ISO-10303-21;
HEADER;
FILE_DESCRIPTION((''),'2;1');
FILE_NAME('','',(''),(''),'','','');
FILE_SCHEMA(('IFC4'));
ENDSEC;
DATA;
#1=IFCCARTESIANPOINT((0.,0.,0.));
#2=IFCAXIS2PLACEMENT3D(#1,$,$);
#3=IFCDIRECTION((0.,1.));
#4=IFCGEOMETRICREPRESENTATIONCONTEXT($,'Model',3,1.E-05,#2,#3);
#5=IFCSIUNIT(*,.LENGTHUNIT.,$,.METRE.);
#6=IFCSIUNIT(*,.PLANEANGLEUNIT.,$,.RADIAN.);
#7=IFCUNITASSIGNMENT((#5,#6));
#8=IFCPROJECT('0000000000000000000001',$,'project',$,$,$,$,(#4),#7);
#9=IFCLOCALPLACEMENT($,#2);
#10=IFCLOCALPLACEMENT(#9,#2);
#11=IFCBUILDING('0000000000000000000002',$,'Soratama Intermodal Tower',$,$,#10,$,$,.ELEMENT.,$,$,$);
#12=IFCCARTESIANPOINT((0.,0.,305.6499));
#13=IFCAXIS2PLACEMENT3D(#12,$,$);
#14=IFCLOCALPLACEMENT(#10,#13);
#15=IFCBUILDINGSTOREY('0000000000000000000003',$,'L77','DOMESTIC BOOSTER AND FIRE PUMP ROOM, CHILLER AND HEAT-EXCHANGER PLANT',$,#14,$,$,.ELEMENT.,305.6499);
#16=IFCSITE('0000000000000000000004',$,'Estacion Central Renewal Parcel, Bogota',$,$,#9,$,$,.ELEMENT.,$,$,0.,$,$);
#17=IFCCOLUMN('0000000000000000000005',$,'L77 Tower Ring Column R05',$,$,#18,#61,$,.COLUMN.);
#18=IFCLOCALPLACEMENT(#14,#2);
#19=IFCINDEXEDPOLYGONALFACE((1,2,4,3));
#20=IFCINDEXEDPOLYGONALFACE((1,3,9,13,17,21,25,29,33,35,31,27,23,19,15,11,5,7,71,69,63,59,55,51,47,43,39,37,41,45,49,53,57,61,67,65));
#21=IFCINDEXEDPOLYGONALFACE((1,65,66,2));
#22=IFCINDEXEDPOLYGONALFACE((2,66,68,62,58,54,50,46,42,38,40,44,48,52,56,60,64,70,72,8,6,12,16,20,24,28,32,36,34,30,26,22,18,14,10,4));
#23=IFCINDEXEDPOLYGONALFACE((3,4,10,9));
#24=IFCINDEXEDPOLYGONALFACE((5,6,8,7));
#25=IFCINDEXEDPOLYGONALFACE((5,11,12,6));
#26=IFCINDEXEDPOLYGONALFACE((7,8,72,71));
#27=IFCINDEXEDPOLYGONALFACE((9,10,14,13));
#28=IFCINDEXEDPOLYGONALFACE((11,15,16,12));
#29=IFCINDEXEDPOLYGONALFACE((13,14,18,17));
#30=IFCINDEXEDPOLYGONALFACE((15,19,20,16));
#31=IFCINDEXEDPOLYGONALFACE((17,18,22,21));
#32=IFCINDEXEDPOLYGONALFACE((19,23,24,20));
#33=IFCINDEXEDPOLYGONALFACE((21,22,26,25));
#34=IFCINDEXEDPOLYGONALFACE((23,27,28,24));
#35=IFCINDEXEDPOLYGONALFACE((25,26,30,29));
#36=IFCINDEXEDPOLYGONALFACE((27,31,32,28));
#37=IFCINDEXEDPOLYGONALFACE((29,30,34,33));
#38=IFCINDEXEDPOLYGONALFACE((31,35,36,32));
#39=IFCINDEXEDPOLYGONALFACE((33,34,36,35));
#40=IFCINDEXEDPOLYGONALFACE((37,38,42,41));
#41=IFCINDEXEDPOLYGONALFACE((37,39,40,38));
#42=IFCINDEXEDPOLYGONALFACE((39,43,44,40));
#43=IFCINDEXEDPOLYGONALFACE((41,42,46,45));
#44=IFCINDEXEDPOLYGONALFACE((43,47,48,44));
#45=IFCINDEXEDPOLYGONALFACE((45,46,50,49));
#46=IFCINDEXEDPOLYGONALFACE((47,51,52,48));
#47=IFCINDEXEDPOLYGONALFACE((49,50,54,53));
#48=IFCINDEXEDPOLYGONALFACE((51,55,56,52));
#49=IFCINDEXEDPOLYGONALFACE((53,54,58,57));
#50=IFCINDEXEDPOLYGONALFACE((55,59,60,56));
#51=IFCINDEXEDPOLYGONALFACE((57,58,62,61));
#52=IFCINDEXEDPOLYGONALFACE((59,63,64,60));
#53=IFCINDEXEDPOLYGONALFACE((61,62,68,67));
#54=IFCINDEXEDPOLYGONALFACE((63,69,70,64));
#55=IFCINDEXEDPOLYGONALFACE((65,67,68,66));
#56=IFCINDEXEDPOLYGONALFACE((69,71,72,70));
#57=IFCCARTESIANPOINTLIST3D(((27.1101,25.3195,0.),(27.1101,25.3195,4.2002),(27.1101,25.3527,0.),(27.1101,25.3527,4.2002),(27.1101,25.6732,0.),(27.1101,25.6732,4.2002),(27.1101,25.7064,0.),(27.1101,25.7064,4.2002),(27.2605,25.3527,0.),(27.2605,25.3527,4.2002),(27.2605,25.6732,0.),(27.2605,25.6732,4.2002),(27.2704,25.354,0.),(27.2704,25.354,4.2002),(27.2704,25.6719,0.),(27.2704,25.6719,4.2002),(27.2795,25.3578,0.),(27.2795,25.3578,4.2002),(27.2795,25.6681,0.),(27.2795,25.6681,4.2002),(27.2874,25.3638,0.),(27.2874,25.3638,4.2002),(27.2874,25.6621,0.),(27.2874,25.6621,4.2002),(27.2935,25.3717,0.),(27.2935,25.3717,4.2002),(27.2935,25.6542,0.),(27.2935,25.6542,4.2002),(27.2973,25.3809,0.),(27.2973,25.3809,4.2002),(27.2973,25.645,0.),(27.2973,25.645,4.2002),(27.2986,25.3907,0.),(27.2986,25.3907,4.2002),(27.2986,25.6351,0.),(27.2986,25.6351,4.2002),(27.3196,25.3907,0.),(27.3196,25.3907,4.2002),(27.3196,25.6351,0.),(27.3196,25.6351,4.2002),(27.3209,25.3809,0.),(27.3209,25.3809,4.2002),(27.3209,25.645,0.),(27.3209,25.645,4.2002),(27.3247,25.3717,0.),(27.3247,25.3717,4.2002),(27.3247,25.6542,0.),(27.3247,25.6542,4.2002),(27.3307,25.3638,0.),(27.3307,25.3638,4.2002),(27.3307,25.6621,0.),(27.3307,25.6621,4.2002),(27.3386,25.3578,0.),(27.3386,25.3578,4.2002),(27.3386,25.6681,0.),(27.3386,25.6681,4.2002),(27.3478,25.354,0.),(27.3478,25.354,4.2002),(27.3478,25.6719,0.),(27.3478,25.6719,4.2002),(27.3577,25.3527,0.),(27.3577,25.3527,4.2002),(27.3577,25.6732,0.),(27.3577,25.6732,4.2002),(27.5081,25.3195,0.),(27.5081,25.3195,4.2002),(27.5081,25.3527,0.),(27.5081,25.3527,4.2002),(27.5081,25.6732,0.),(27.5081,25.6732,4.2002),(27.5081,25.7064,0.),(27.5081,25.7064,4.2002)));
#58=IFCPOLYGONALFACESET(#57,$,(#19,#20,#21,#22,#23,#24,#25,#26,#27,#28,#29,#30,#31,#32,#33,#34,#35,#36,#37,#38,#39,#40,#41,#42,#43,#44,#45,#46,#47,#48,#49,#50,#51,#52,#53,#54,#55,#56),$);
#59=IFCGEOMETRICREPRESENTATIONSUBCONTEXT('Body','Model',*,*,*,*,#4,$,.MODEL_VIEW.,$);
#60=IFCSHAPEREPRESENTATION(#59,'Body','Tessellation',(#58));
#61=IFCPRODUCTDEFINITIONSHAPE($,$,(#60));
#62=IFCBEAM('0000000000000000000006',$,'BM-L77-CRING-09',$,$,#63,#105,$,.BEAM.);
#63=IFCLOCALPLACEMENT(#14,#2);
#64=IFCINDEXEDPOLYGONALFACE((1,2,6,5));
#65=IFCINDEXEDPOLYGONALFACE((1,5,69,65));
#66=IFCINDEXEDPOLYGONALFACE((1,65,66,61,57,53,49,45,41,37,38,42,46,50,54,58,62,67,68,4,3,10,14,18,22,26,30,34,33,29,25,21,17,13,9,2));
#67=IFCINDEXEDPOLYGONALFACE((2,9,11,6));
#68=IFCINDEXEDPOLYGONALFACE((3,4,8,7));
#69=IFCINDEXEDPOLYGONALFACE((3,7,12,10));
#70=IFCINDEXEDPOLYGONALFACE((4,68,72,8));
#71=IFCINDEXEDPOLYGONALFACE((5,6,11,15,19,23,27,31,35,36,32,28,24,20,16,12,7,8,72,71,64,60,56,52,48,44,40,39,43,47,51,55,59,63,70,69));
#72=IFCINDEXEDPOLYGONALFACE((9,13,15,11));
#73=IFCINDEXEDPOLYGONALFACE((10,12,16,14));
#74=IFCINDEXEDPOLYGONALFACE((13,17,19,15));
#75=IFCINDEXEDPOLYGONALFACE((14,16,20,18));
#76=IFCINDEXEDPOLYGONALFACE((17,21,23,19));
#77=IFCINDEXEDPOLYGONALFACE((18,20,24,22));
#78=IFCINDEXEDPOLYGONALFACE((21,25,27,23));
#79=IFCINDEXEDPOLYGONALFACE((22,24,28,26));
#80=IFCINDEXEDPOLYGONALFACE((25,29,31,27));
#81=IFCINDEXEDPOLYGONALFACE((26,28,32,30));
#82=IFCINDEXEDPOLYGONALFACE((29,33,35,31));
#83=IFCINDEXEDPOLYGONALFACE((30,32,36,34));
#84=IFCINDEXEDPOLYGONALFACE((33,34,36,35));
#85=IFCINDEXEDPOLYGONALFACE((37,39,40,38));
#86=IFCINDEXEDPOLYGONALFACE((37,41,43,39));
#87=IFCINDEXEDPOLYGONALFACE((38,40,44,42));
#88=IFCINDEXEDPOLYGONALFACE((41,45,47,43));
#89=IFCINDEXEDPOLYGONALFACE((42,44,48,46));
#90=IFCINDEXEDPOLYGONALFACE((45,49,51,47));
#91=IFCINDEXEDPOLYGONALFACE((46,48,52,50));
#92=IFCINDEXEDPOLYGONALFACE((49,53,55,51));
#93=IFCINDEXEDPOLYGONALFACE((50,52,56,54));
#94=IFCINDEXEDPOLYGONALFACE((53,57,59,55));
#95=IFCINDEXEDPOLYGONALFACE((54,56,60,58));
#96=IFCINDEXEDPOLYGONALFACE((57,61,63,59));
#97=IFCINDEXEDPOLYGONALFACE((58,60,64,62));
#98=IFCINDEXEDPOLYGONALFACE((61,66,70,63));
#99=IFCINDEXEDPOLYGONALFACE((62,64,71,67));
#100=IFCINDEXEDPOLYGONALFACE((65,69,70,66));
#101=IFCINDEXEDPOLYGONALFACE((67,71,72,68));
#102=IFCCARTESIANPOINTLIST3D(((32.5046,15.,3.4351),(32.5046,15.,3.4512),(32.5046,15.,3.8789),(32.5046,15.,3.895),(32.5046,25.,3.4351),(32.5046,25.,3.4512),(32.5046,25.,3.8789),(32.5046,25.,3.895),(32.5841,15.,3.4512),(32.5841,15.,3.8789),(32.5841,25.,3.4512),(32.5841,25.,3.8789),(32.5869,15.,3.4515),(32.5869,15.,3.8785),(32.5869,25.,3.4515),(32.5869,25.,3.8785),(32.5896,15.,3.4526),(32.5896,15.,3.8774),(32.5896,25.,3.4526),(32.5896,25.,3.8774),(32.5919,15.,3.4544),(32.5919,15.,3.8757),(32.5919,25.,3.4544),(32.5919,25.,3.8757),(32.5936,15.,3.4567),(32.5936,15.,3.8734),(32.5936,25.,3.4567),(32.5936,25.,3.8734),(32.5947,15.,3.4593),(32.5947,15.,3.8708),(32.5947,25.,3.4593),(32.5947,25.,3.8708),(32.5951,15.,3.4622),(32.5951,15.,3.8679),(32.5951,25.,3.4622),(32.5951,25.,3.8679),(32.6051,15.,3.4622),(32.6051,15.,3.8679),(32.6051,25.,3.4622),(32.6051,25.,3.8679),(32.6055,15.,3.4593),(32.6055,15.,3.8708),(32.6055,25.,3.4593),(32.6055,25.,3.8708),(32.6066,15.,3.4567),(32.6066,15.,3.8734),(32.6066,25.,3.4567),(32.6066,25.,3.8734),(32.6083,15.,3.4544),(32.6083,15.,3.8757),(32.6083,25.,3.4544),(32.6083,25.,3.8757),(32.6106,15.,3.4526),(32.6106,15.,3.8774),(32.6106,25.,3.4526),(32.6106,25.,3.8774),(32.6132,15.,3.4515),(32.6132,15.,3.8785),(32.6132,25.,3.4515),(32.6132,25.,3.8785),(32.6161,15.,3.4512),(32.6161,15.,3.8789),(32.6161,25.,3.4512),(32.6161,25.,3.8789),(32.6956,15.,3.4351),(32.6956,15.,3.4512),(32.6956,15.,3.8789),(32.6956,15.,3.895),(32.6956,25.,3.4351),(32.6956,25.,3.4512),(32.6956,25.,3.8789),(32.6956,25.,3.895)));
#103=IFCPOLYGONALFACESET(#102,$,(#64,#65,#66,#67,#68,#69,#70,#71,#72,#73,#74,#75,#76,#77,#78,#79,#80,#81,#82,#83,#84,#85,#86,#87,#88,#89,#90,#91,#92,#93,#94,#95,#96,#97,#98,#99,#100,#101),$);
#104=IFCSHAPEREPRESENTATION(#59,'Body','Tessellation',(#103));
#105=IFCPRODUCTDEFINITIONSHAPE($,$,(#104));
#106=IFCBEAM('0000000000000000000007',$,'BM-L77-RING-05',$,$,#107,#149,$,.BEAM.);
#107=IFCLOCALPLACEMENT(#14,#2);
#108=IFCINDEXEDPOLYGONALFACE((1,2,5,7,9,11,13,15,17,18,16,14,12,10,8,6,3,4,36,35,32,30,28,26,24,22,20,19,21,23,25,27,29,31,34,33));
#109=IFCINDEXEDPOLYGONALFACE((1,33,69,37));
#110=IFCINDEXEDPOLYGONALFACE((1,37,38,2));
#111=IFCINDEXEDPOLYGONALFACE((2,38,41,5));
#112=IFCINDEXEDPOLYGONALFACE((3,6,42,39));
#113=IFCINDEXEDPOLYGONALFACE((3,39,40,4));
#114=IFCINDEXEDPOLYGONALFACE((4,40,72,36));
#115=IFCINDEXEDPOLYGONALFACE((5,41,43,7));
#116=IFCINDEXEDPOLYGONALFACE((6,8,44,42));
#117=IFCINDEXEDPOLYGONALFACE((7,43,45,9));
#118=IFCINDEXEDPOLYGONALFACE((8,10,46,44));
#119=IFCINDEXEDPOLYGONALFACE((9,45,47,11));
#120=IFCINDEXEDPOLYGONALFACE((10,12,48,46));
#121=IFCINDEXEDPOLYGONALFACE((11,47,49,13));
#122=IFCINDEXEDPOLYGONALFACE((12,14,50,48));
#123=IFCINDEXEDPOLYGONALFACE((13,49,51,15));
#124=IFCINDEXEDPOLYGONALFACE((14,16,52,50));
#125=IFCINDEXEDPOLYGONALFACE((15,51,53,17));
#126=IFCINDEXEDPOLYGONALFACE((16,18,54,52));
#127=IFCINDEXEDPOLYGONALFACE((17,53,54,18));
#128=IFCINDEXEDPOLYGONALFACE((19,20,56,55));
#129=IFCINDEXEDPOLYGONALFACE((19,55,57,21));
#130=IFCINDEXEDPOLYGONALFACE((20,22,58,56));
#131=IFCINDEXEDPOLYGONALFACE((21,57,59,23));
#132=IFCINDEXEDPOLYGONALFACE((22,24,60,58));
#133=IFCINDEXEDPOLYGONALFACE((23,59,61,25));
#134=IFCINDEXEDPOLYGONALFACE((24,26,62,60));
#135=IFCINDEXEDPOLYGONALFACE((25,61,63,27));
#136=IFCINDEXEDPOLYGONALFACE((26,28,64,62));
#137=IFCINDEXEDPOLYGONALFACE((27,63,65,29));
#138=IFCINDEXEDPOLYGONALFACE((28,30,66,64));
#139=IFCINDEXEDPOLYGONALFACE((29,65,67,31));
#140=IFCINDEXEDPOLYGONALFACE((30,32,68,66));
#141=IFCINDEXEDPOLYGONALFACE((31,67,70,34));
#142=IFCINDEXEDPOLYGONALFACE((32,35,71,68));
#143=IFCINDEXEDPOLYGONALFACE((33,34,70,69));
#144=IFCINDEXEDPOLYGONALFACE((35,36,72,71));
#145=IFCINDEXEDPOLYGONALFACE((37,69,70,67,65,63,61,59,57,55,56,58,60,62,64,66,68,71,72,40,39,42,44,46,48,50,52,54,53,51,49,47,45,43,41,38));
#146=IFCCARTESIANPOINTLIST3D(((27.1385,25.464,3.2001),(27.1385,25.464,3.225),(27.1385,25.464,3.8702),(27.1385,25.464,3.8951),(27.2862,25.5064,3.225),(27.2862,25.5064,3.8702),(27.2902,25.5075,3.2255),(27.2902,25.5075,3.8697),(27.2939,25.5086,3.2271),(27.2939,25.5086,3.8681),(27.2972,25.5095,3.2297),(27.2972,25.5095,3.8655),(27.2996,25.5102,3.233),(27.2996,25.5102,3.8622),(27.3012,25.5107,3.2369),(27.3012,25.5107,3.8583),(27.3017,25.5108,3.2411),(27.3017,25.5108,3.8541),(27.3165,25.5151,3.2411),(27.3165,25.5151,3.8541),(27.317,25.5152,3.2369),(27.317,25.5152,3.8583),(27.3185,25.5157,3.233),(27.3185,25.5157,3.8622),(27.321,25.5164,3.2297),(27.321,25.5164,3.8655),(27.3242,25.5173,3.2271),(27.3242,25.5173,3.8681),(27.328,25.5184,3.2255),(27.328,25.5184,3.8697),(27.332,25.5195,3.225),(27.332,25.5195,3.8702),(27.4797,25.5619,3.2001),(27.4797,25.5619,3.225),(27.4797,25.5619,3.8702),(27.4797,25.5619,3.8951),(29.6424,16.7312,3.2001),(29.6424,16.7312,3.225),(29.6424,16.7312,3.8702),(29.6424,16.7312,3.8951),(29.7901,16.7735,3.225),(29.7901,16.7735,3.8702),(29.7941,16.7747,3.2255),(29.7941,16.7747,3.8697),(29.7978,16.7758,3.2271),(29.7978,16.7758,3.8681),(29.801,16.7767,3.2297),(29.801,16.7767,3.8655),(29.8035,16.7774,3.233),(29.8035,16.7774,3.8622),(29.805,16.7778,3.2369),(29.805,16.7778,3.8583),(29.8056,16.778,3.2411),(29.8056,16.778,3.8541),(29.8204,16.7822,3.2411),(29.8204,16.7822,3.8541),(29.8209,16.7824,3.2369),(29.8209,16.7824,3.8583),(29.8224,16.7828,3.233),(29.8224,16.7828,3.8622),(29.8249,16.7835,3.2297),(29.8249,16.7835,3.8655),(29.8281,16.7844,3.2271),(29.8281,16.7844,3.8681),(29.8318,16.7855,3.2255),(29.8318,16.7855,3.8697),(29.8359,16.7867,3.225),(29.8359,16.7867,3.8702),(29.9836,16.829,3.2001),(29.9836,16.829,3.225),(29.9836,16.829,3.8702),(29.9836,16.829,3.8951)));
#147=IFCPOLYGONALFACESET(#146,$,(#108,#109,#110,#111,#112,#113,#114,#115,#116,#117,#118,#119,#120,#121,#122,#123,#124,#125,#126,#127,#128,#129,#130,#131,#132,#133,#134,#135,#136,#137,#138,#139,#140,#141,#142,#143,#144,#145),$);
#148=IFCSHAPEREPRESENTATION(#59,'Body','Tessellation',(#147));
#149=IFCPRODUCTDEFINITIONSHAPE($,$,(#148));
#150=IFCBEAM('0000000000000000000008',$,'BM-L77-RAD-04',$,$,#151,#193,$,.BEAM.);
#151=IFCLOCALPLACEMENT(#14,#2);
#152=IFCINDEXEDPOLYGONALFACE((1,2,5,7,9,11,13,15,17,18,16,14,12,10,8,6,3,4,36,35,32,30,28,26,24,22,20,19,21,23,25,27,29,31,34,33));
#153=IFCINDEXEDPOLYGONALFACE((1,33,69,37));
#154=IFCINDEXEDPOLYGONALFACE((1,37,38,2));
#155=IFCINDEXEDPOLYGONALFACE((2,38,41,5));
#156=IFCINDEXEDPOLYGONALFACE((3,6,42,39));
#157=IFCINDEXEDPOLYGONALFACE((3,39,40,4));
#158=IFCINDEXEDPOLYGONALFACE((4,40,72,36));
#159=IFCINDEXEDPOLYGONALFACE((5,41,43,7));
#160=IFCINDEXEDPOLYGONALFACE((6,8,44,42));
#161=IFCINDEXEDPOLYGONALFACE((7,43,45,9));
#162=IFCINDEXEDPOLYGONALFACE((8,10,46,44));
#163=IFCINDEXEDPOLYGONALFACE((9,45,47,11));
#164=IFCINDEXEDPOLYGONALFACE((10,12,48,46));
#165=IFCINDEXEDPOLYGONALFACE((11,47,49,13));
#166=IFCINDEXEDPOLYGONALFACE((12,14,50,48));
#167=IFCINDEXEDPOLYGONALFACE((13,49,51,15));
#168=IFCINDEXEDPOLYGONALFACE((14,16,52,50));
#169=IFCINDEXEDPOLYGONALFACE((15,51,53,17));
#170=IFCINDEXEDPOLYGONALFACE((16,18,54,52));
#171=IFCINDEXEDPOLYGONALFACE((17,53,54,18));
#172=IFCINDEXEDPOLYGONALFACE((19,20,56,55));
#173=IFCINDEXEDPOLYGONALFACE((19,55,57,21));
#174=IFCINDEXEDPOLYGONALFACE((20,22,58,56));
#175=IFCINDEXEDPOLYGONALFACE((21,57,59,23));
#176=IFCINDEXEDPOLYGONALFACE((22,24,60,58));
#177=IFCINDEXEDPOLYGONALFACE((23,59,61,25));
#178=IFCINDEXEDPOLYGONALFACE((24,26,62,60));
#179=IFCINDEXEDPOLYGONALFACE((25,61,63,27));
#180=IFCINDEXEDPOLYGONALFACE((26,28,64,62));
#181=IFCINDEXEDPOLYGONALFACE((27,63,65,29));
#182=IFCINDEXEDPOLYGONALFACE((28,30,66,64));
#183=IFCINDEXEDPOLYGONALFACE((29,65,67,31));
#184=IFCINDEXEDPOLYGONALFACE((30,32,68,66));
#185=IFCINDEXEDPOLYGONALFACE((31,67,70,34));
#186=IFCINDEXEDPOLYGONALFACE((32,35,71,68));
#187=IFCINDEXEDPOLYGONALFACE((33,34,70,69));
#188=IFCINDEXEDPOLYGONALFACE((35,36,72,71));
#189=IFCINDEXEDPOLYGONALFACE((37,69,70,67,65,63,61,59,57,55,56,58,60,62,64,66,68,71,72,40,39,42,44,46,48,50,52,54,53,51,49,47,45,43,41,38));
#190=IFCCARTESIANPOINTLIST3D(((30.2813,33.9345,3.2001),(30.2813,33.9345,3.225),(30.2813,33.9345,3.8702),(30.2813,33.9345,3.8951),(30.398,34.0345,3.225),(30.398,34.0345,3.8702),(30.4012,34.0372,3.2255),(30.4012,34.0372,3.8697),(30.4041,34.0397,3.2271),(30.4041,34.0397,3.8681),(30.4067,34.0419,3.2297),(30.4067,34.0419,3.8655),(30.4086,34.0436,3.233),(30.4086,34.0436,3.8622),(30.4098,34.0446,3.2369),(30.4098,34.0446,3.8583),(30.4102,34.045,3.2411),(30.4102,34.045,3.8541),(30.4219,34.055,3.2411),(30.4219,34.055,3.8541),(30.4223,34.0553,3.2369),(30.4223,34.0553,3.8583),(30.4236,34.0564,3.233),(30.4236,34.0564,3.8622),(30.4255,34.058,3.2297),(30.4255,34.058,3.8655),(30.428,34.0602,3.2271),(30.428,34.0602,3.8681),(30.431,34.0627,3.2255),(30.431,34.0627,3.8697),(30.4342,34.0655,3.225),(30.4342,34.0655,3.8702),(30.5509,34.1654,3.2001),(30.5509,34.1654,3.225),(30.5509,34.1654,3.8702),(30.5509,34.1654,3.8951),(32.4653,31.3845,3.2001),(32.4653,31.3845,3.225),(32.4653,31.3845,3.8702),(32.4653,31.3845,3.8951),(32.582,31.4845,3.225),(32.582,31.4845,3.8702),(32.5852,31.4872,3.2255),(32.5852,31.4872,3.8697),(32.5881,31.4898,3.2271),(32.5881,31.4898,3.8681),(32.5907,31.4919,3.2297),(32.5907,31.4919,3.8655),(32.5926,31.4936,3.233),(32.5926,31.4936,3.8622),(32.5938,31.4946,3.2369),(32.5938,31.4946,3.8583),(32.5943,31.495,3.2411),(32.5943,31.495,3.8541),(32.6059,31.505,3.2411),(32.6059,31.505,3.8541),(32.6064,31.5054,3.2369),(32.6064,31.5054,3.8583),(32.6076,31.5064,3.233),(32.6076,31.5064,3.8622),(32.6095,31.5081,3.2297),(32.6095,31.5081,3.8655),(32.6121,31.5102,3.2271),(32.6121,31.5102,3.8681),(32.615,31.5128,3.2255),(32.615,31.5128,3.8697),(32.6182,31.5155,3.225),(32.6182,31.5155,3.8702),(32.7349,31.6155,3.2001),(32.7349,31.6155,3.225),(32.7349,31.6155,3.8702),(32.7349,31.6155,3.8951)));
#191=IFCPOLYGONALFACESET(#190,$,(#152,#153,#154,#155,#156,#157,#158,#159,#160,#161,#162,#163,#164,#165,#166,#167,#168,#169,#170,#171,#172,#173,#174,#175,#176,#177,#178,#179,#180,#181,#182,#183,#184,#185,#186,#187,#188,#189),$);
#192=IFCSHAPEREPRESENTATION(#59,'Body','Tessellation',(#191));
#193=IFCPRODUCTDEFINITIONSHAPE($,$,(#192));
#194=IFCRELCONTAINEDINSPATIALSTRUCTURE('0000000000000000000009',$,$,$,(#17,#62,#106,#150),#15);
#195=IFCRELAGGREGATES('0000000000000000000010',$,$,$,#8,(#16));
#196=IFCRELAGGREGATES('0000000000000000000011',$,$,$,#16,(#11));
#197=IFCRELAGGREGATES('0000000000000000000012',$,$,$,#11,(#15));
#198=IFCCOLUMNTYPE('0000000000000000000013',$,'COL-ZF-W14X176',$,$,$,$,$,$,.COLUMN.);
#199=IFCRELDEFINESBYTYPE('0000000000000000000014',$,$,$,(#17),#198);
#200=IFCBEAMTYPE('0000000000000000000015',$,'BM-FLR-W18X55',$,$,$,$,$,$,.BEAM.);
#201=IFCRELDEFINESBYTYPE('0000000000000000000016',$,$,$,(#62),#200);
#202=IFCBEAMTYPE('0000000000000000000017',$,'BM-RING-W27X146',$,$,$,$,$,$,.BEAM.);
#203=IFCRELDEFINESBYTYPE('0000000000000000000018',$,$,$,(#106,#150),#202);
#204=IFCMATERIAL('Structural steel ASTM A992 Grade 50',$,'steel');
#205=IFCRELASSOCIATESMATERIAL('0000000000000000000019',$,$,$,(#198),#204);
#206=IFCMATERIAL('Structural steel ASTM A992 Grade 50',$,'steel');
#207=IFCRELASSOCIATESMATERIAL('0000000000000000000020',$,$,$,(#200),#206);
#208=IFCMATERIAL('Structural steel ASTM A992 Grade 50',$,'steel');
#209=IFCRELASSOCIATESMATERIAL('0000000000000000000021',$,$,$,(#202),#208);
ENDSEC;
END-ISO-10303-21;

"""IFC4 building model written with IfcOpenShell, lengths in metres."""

from ifc_helpers import new_model, si_unit, direction, frame, origin, origin_2d, place, context, subcontext, project, spatial, i_section, extrude, material, material_profile, profile_set, type_object, element, save


model = new_model("IFC4")

# Units and contexts
model_context = context("Model", 3, precision=1e-05, world=origin(), true_north=direction((0.0, 1.0)))
body_context = subcontext(model_context, "Body", "Model", "MODEL_VIEW")
ifc_project = project(units=[si_unit("LENGTHUNIT", "METRE"), si_unit("PLANEANGLEUNIT", "RADIAN")], contexts=[model_context])

# Site, building, storey
site_placement = place(None, origin())
site = spatial("IfcSite", under=ifc_project, at=site_placement, Name="Estacion Central Renewal Parcel, Bogota", CompositionType="ELEMENT", RefElevation=0.0)
building_placement = place(site_placement, origin())
building = spatial("IfcBuilding", under=site, at=building_placement, Name="Soratama Intermodal Tower", CompositionType="ELEMENT")
storey_placement = place(building_placement, frame((0.0, 0.0, 305.6499)))
storey = spatial("IfcBuildingStorey", under=building, at=storey_placement, Name="L77", Description="DOMESTIC BOOSTER AND FIRE PUMP ROOM, CHILLER AND HEAT-EXCHANGER PLANT", CompositionType="ELEMENT", Elevation=305.6499)

# Column
ifc_material_1 = material(Name="Structural steel ASTM A992 Grade 50", Category="steel")
ifc_material_profile_1 = material_profile(ifc_material_1, i_section(OverallWidth=0.3979, OverallDepth=0.387, WebThickness=0.021, FlangeThickness=0.0332, FilletRadius=0.0381, at=origin_2d()), Name="W14X176")
ifc_profile_set_1 = profile_set([ifc_material_profile_1], Name="Structural steel ASTM A992 Grade 50")
column_type = type_object("IfcColumnType", Name="COL-ZF-W14X176", PredefinedType="COLUMN", material=ifc_profile_set_1)
column_placement = place(storey_placement, frame((27.3091, 25.5129, 0.0), z_axis=(0.0, 0.0, 1.0), x_axis=(1.0, 0.0, 0.0)))
element("IfcColumn", 1, at=column_placement, inside=storey, type_object=column_type, Name="L77 Tower Ring Column R05", PredefinedType="COLUMN", context=body_context, shape_type="SweptSolid", body=[
    extrude(i_section(OverallWidth=0.3979, OverallDepth=0.387, WebThickness=0.021, FlangeThickness=0.0332, FilletRadius=0.0381, at=origin_2d()), origin(), (0.0, 0.0, 1.0), 4.2002),
])

# Beams
ifc_material_2 = material(Name="Structural steel ASTM A992 Grade 50", Category="steel")
ifc_material_profile_2 = material_profile(ifc_material_2, i_section(OverallWidth=0.1909, OverallDepth=0.46, WebThickness=0.01, FlangeThickness=0.0161, FilletRadius=0.011, at=origin_2d()), Name="W18X55")
ifc_profile_set_2 = profile_set([ifc_material_profile_2], Name="Structural steel ASTM A992 Grade 50")
beam_type_1 = type_object("IfcBeamType", Name="BM-FLR-W18X55", PredefinedType="BEAM", material=ifc_profile_set_2)
beam_1_placement = place(storey_placement, frame((32.6001, 25.0, 3.665), z_axis=(0.0, -1.0, 0.0), x_axis=(1.0, 0.0, 0.0)))
element("IfcBeam", 2, at=beam_1_placement, inside=storey, type_object=beam_type_1, Name="BM-L77-CRING-09", PredefinedType="BEAM", context=body_context, shape_type="SweptSolid", body=[
    extrude(i_section(OverallWidth=0.1909, OverallDepth=0.46, WebThickness=0.01, FlangeThickness=0.0161, FilletRadius=0.011, at=origin_2d()), origin(), (0.0, 0.0, 1.0), 10.0),
])
ifc_material_3 = material(Name="Structural steel ASTM A992 Grade 50", Category="steel")
ifc_material_profile_3 = material_profile(ifc_material_3, i_section(OverallWidth=0.355, OverallDepth=0.6951, WebThickness=0.0154, FlangeThickness=0.0249, FilletRadius=0.0161, at=origin_2d()), Name="W27X146")
ifc_profile_set_3 = profile_set([ifc_material_profile_3], Name="Structural steel ASTM A992 Grade 50")
beam_type_2 = type_object("IfcBeamType", Name="BM-RING-W27X146", PredefinedType="BEAM", material=ifc_profile_set_3)
beam_2_placement = place(storey_placement, frame((27.3091, 25.5129, 3.5476), z_axis=(0.275615, -0.961268, 0.0), x_axis=(0.961268, 0.275615, 0.0)))
element("IfcBeam", 3, at=beam_2_placement, inside=storey, type_object=beam_type_2, Name="BM-L77-RING-05", PredefinedType="BEAM", context=body_context, shape_type="SweptSolid", body=[
    extrude(i_section(OverallWidth=0.355, OverallDepth=0.6951, WebThickness=0.0154, FlangeThickness=0.0249, FilletRadius=0.0161, at=origin_2d()), origin(), (0.0, 0.0, 1.0), 9.0847),
])
beam_3_placement = place(storey_placement, frame((32.6001, 31.5, 3.5476), z_axis=(-0.650504, 0.759503, 0.0), x_axis=(-0.759503, -0.650504, 0.0)))
element("IfcBeam", 4, at=beam_3_placement, inside=storey, type_object=beam_type_2, Name="BM-L77-RAD-04", PredefinedType="BEAM", context=body_context, shape_type="SweptSolid", body=[
    extrude(i_section(OverallWidth=0.355, OverallDepth=0.6951, WebThickness=0.0154, FlangeThickness=0.0249, FilletRadius=0.0161, at=origin_2d()), origin(), (0.0, 0.0, 1.0), 3.3574),
])

save(model, "model.ifc")
